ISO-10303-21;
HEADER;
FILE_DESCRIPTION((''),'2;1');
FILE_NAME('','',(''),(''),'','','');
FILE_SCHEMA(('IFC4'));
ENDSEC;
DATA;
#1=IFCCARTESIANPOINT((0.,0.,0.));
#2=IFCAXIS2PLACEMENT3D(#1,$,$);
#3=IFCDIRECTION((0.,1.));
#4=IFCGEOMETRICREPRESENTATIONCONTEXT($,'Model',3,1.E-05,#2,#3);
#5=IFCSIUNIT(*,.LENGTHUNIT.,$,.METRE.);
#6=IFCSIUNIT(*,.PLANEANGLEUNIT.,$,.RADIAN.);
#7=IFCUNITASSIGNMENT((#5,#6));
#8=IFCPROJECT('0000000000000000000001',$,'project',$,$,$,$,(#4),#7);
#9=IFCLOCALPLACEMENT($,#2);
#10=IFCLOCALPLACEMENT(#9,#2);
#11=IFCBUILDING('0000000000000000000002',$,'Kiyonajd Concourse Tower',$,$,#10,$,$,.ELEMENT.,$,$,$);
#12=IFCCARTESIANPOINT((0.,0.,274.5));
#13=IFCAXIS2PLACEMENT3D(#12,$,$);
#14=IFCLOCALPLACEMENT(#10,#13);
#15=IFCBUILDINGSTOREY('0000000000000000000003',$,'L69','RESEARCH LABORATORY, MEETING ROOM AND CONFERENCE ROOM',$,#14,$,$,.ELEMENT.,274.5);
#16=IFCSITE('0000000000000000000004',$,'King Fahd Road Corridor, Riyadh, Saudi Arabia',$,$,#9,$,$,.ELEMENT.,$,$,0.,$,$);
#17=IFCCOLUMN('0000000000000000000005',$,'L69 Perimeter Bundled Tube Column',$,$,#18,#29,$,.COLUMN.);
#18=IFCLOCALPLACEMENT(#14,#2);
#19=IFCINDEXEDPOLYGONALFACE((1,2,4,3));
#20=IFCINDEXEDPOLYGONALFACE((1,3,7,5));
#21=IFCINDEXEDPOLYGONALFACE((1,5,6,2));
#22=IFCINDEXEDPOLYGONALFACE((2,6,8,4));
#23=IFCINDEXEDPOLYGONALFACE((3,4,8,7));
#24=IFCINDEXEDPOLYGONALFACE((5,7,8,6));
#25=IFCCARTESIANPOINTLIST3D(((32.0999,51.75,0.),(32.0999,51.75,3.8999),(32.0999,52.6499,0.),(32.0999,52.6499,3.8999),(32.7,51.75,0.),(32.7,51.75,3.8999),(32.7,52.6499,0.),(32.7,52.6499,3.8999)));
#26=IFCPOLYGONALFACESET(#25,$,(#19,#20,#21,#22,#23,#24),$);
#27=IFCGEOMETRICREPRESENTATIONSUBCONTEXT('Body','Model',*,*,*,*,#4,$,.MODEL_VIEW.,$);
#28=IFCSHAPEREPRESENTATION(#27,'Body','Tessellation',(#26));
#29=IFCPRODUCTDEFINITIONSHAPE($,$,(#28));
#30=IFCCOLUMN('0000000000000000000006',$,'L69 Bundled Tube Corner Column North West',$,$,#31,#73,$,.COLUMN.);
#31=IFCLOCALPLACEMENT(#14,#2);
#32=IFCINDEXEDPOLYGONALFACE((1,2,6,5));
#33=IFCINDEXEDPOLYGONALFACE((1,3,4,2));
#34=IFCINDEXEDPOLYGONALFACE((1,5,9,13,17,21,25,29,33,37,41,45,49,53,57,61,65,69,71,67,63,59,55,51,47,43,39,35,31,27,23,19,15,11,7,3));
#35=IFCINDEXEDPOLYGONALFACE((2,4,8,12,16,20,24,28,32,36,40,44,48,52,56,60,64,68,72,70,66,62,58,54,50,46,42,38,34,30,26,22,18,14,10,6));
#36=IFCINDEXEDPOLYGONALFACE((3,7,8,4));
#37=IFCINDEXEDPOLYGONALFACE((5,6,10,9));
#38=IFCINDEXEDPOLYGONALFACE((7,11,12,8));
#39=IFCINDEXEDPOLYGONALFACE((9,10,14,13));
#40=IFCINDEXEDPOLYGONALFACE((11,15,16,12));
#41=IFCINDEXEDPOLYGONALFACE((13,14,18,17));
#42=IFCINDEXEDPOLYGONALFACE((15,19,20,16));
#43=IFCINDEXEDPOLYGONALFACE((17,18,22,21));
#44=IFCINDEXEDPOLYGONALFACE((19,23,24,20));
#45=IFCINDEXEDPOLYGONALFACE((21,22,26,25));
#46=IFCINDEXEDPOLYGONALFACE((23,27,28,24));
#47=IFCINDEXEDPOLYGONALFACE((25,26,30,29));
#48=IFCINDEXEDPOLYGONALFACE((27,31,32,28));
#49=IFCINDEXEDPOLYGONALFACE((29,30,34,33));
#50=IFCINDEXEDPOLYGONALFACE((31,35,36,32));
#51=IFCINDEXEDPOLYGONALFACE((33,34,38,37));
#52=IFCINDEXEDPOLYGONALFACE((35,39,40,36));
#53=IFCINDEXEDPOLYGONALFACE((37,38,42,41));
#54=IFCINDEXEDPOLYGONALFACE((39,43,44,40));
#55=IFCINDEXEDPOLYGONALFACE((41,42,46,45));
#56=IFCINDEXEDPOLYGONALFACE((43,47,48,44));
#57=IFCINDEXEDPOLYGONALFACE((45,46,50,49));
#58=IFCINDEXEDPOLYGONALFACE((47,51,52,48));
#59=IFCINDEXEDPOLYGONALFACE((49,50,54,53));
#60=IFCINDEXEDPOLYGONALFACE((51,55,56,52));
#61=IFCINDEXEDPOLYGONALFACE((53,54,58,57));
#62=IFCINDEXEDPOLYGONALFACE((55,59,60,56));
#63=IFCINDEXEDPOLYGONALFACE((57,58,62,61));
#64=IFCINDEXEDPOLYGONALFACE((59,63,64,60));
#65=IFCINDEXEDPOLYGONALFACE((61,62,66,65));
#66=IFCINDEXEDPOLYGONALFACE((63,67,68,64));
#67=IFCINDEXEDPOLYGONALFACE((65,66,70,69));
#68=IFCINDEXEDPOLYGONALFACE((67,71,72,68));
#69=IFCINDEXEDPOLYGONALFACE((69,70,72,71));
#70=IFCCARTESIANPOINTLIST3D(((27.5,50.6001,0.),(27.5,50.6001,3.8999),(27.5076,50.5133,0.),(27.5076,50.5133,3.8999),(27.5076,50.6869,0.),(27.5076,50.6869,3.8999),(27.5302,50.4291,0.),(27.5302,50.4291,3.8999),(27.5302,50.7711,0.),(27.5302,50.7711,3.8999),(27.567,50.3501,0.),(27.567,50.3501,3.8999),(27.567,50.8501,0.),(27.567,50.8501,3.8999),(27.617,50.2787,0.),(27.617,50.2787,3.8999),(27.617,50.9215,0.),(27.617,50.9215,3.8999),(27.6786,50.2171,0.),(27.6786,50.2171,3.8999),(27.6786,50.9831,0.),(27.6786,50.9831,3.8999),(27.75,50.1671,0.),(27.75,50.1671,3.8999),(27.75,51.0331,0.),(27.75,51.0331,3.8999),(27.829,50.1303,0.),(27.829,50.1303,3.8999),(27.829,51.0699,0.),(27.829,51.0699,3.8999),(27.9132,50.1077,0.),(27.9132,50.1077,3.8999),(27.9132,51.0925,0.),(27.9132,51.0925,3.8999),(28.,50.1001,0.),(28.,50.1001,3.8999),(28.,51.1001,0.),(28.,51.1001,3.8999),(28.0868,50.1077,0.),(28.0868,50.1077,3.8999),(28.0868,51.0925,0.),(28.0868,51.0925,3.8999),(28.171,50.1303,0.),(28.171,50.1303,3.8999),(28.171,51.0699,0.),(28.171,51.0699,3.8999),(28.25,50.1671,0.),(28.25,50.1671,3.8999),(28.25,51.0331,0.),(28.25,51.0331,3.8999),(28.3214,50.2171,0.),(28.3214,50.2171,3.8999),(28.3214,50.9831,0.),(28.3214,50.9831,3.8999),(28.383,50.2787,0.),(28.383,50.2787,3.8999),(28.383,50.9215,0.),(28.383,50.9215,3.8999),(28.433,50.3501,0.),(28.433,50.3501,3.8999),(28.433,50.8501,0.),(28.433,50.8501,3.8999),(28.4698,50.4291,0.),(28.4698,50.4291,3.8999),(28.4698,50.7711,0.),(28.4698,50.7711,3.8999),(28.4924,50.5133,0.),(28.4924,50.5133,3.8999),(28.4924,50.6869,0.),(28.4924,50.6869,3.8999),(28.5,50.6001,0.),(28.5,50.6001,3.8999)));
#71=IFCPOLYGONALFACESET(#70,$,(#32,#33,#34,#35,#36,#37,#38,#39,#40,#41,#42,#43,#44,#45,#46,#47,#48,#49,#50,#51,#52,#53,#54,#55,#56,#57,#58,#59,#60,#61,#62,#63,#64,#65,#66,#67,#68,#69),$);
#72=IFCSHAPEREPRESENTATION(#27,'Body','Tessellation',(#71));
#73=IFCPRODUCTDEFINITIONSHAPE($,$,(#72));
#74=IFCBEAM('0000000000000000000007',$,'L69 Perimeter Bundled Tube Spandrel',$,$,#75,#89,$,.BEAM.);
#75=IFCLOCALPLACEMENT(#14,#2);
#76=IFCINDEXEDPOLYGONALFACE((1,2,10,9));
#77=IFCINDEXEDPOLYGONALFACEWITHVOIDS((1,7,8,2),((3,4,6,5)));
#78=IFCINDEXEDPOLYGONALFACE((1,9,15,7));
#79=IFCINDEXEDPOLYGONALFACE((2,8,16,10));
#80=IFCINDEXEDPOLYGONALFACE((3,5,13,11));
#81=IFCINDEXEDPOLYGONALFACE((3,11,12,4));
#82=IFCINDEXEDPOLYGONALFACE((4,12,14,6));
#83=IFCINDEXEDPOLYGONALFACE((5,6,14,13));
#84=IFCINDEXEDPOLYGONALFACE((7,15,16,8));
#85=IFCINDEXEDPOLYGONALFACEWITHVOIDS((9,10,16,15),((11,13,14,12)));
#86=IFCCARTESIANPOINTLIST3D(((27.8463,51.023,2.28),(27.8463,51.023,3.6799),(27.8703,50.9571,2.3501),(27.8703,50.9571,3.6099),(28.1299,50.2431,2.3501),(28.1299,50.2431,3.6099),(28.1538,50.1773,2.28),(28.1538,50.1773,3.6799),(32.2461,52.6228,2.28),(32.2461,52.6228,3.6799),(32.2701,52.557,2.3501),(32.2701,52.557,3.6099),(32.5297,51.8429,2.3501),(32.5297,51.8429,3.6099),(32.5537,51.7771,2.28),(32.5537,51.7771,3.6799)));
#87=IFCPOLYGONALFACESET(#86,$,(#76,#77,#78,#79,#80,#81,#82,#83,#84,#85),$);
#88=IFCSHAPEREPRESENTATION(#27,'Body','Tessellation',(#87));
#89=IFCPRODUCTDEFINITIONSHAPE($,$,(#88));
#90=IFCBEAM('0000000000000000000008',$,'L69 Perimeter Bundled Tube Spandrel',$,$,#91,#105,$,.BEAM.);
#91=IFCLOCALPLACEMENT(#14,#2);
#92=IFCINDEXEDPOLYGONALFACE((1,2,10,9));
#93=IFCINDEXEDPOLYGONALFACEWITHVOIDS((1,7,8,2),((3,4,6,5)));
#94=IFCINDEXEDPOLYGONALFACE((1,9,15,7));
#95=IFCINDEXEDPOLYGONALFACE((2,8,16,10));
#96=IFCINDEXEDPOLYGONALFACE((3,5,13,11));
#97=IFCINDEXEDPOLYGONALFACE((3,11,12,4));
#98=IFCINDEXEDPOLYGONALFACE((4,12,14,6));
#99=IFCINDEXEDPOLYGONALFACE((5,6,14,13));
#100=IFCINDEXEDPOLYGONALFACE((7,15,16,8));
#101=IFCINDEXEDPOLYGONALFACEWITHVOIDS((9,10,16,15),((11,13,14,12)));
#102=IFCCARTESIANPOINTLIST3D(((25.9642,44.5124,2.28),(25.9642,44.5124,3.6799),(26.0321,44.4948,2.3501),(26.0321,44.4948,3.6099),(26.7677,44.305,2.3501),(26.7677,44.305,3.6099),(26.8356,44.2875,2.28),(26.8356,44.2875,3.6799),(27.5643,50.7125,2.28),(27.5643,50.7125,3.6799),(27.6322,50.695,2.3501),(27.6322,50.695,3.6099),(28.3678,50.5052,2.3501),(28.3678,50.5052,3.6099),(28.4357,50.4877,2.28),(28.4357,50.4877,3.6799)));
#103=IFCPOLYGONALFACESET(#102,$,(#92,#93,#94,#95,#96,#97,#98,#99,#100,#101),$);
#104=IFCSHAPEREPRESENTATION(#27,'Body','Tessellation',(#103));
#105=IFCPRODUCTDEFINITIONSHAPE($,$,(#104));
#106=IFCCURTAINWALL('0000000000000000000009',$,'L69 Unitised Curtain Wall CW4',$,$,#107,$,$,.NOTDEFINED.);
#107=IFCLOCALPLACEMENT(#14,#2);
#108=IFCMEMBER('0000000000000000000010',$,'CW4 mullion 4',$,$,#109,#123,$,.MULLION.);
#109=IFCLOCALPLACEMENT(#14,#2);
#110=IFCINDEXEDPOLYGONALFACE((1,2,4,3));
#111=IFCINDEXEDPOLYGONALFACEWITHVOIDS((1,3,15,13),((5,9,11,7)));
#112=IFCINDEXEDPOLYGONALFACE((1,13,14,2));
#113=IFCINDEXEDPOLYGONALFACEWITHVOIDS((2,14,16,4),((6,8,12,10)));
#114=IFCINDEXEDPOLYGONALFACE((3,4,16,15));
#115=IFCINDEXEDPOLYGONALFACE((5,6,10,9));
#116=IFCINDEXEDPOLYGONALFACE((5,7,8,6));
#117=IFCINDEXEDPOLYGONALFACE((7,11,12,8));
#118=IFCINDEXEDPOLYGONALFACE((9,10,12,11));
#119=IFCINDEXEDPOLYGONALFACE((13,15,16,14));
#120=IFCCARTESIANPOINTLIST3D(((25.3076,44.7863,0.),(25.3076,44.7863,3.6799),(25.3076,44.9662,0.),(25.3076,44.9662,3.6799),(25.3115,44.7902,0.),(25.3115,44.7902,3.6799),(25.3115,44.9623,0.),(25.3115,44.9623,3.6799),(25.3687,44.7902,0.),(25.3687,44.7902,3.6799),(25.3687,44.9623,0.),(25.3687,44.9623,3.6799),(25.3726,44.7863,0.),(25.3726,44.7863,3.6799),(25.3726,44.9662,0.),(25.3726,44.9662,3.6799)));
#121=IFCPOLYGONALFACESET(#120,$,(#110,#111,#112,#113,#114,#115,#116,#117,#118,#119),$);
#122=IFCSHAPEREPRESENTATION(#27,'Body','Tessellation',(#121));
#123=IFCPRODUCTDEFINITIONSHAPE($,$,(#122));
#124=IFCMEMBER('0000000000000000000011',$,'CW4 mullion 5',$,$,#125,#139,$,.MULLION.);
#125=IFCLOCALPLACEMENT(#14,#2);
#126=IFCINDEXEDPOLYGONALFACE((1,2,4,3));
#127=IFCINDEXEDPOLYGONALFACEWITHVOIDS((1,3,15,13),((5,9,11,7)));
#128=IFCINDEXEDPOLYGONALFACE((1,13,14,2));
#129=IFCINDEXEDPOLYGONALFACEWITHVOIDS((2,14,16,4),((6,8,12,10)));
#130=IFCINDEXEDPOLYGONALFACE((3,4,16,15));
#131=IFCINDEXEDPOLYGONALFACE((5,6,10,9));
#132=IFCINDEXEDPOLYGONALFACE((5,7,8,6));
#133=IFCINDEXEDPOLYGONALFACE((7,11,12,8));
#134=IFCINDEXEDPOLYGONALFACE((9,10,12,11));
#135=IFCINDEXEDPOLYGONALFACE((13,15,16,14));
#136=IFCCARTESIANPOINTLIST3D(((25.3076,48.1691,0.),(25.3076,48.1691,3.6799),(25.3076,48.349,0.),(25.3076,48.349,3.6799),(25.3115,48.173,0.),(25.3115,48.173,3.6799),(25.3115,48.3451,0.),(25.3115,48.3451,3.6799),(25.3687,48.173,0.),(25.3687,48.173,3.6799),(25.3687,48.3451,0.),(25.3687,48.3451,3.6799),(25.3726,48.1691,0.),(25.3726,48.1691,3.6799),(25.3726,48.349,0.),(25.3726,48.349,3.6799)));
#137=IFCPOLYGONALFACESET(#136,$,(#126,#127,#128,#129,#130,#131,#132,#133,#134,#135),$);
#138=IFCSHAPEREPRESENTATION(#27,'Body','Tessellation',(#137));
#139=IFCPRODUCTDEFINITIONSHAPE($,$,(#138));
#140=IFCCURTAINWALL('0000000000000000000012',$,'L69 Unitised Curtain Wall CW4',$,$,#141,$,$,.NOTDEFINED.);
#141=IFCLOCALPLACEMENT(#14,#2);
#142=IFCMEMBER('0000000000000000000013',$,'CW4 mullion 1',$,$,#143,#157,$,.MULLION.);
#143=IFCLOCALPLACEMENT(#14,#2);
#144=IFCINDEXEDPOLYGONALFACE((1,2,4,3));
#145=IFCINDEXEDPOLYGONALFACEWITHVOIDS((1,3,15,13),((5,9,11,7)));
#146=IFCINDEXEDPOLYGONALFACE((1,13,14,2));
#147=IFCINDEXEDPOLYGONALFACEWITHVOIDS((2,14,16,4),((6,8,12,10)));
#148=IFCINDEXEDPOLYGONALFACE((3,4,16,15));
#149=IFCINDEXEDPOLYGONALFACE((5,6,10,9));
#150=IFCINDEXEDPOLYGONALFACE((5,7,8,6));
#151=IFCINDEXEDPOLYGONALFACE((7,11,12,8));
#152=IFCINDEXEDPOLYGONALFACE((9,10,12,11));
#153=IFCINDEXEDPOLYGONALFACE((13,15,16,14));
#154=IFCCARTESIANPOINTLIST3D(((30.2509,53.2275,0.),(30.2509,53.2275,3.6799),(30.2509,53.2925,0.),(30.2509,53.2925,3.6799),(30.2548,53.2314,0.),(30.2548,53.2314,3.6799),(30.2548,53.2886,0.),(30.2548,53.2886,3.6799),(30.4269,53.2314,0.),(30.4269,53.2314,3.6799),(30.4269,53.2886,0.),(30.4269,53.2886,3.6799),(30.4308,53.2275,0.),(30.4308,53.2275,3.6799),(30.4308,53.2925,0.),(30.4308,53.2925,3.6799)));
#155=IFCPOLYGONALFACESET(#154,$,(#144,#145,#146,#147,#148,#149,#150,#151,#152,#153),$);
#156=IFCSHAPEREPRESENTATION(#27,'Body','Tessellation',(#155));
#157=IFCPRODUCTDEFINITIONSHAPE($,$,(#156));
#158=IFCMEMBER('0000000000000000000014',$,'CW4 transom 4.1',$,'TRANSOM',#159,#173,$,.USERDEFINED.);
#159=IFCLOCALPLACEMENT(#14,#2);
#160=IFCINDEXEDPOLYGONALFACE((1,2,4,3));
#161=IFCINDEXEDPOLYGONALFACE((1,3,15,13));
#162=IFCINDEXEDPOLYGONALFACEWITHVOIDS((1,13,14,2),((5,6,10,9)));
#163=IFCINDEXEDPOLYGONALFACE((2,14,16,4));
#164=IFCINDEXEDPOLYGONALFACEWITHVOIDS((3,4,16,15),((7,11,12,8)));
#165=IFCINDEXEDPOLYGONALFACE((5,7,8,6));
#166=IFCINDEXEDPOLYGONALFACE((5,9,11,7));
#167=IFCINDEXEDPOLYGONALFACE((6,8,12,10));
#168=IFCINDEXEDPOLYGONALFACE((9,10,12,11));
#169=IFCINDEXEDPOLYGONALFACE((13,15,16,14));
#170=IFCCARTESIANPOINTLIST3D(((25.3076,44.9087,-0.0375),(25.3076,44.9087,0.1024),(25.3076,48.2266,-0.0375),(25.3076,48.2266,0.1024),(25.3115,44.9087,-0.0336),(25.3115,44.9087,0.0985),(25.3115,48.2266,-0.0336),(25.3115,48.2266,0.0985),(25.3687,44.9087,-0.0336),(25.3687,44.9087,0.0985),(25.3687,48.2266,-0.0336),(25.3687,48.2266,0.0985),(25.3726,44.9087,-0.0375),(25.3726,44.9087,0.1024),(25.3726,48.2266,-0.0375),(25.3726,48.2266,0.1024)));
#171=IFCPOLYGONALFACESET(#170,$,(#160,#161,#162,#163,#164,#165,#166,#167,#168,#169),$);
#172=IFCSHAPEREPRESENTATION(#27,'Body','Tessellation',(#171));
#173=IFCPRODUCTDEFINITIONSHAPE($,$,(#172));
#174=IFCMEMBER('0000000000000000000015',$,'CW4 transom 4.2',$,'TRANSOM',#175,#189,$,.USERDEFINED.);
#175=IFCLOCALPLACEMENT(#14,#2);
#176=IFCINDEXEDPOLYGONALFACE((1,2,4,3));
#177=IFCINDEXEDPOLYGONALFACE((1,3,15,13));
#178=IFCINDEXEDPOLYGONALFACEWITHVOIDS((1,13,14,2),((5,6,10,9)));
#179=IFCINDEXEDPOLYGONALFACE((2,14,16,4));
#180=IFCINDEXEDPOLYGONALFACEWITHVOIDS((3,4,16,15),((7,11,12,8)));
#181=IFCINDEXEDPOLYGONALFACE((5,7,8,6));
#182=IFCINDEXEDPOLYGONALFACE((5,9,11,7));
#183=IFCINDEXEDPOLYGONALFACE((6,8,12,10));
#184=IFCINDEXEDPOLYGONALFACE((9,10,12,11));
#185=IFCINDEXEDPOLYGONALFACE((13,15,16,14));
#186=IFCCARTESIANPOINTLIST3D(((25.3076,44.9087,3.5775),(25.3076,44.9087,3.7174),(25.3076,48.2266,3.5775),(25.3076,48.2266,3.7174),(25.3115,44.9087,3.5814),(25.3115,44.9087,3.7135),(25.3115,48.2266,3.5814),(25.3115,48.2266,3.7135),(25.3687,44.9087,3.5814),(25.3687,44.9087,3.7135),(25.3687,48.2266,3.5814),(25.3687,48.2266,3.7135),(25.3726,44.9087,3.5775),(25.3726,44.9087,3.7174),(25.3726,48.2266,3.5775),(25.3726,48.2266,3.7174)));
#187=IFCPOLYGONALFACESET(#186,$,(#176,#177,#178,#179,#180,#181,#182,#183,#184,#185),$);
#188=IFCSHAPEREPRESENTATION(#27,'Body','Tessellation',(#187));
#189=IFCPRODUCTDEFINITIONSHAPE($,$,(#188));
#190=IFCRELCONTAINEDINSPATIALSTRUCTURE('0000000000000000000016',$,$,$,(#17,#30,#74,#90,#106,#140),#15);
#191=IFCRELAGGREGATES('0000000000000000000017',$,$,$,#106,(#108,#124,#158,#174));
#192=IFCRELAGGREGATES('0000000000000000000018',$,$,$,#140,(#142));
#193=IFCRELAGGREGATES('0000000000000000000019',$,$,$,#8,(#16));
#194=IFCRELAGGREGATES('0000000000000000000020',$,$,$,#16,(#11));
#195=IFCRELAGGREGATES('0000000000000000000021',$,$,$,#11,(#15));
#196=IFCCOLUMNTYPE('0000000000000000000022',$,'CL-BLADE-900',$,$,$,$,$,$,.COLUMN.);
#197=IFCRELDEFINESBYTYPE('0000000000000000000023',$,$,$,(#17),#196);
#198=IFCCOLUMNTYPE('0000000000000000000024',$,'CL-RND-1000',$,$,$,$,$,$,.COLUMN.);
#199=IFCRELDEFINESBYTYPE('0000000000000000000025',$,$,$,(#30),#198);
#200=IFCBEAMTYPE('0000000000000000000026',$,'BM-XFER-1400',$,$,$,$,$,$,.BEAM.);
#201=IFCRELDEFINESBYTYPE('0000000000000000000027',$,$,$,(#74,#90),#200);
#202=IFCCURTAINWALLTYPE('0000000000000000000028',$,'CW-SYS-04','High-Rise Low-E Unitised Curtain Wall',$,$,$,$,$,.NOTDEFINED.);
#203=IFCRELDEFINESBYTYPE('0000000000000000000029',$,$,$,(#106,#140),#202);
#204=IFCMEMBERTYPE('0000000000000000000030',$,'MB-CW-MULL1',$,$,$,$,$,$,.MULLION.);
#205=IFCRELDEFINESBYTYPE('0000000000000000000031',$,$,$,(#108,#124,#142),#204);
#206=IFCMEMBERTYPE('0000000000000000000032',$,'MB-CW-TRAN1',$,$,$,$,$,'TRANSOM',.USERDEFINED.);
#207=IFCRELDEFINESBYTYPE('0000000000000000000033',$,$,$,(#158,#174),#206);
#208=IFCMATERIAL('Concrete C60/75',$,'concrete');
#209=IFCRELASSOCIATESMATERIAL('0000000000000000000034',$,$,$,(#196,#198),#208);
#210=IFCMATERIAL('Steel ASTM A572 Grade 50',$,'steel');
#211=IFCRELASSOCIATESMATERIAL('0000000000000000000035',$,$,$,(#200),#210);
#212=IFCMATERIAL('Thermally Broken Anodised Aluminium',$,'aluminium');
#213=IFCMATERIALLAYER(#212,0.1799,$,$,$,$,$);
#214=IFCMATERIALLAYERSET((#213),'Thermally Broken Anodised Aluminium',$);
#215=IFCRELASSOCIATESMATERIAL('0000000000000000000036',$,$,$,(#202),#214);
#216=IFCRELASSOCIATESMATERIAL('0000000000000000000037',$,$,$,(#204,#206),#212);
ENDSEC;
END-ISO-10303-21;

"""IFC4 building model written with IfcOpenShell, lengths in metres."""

from ifc_helpers import new_model, si_unit, direction, frame, origin, origin_2d, place, context, subcontext, project, spatial, rectangle, hollow_rectangle, circle, extrude, material, layer, layer_set, material_profile, profile_set, type_object, element, aggregate, save


model = new_model("IFC4")

# Units and contexts
model_context = context("Model", 3, precision=1e-05, world=origin(), true_north=direction((0.0, 1.0)))
body_context = subcontext(model_context, "Body", "Model", "MODEL_VIEW")
ifc_project = project(units=[si_unit("LENGTHUNIT", "METRE"), si_unit("PLANEANGLEUNIT", "RADIAN")], contexts=[model_context])

# Site, building, storey
site_placement = place(None, origin())
site = spatial("IfcSite", under=ifc_project, at=site_placement, Name="King Fahd Road Corridor, Riyadh, Saudi Arabia", CompositionType="ELEMENT", RefElevation=0.0)
building_placement = place(site_placement, origin())
building = spatial("IfcBuilding", under=site, at=building_placement, Name="Kiyonajd Concourse Tower", CompositionType="ELEMENT")
storey_placement = place(building_placement, frame((0.0, 0.0, 274.5)))
storey = spatial("IfcBuildingStorey", under=building, at=storey_placement, Name="L69", Description="RESEARCH LABORATORY, MEETING ROOM AND CONFERENCE ROOM", CompositionType="ELEMENT", Elevation=274.5)

# Columns
ifc_material_1 = material(Name="Concrete C60/75", Category="concrete")
ifc_material_profile_1 = material_profile(ifc_material_1, rectangle(XDim=0.6001, YDim=0.8999, at=origin_2d()), Name="RC-900x600")
ifc_profile_set_1 = profile_set([ifc_material_profile_1], Name="Concrete C60/75")
column_type_1 = type_object("IfcColumnType", Name="CL-BLADE-900", PredefinedType="COLUMN", material=ifc_profile_set_1)
column_1_placement = place(storey_placement, frame((32.3999, 52.2, 0.0), z_axis=(0.0, 0.0, 1.0), x_axis=(1.0, 0.0, 0.0)))
element("IfcColumn", 1, at=column_1_placement, inside=storey, type_object=column_type_1, Name="L69 Perimeter Bundled Tube Column", PredefinedType="COLUMN", context=body_context, shape_type="SweptSolid", body=[
    extrude(rectangle(XDim=0.6001, YDim=0.8999, at=origin_2d()), origin(), (0.0, 0.0, 1.0), 3.8999),
])
ifc_material_profile_2 = material_profile(ifc_material_1, circle(Radius=0.5, at=origin_2d()), Name="RCC-D1000")
ifc_profile_set_2 = profile_set([ifc_material_profile_2], Name="Concrete C60/75")
column_type_2 = type_object("IfcColumnType", Name="CL-RND-1000", PredefinedType="COLUMN", material=ifc_profile_set_2)
column_2_placement = place(storey_placement, frame((28.0, 50.6001, 0.0), z_axis=(0.0, 0.0, 1.0), x_axis=(1.0, 0.0, 0.0)))
element("IfcColumn", 2, at=column_2_placement, inside=storey, type_object=column_type_2, Name="L69 Bundled Tube Corner Column North West", PredefinedType="COLUMN", context=body_context, shape_type="SweptSolid", body=[
    extrude(circle(Radius=0.5, at=origin_2d()), origin(), (0.0, 0.0, 1.0), 3.8999),
])

# Beams
ifc_material_2 = material(Name="Steel ASTM A572 Grade 50", Category="steel")
ifc_material_profile_3 = material_profile(ifc_material_2, hollow_rectangle(XDim=0.8999, YDim=1.3999, WallThickness=0.0701, at=origin_2d()), Name="BOX-1400x900x70")
ifc_profile_set_3 = profile_set([ifc_material_profile_3], Name="Steel ASTM A572 Grade 50")
beam_type = type_object("IfcBeamType", Name="BM-XFER-1400", PredefinedType="BEAM", material=ifc_profile_set_3)
beam_1_placement = place(storey_placement, frame((32.3999, 52.2, 2.98), z_axis=(-0.939801, -0.341722, 0.0), x_axis=(0.341722, -0.939801, 0.0)))
element("IfcBeam", 3, at=beam_1_placement, inside=storey, type_object=beam_type, Name="L69 Perimeter Bundled Tube Spandrel", PredefinedType="BEAM", context=body_context, shape_type="SweptSolid", body=[
    extrude(hollow_rectangle(XDim=0.8999, YDim=1.3999, WallThickness=0.0701, at=origin_2d()), origin(), (0.0, 0.0, 1.0), 4.6816),
])
beam_2_placement = place(storey_placement, frame((28.0, 50.6001, 2.98), z_axis=(-0.249885, -0.968276, 0.0), x_axis=(0.968276, -0.249885, 0.0)))
element("IfcBeam", 4, at=beam_2_placement, inside=storey, type_object=beam_type, Name="L69 Perimeter Bundled Tube Spandrel", PredefinedType="BEAM", context=body_context, shape_type="SweptSolid", body=[
    extrude(hollow_rectangle(XDim=0.8999, YDim=1.3999, WallThickness=0.0701, at=origin_2d()), origin(), (0.0, 0.0, 1.0), 6.4033),
])

# Curtain wall, members
ifc_material_3 = material(Name="Thermally Broken Anodised Aluminium", Category="aluminium")
ifc_layer_1 = layer(ifc_material_3, 0.1799)
ifc_layer_set_1 = layer_set([ifc_layer_1], Name="Thermally Broken Anodised Aluminium")
curtain_wall_type = type_object("IfcCurtainWallType", Name="CW-SYS-04", Description="High-Rise Low-E Unitised Curtain Wall", PredefinedType="NOTDEFINED", material=ifc_layer_set_1)
curtain_wall_1_placement = place(storey_placement, origin())
curtain_wall_1 = element("IfcCurtainWall", 5, at=curtain_wall_1_placement, inside=storey, type_object=curtain_wall_type, Name="L69 Unitised Curtain Wall CW4", PredefinedType="NOTDEFINED")
ifc_material_profile_4 = material_profile(ifc_material_3, hollow_rectangle(XDim=0.0649, YDim=0.1799, WallThickness=0.0039, at=origin_2d()), Name="MULL-65x180")
ifc_profile_set_4 = profile_set([ifc_material_profile_4], Name="Thermally Broken Anodised Aluminium")
member_type_1 = type_object("IfcMemberType", Name="MB-CW-MULL1", PredefinedType="MULLION", material=ifc_profile_set_4)
member_1_placement = place(storey_placement, frame((25.3401, 44.8762, 0.0), z_axis=(0.0, 0.0, 1.0), x_axis=(-1.0, 0.0, 0.0)))
member_1 = element("IfcMember", 6, at=member_1_placement, type_object=member_type_1, Name="CW4 mullion 4", PredefinedType="MULLION", context=body_context, shape_type="SweptSolid", body=[
    extrude(hollow_rectangle(XDim=0.0649, YDim=0.1799, WallThickness=0.0039, at=origin_2d()), origin(), (0.0, 0.0, 1.0), 3.6799),
])
member_2_placement = place(storey_placement, frame((25.3401, 48.259, 0.0), z_axis=(0.0, 0.0, 1.0), x_axis=(-1.0, 0.0, 0.0)))
member_2 = element("IfcMember", 7, at=member_2_placement, type_object=member_type_1, Name="CW4 mullion 5", PredefinedType="MULLION", context=body_context, shape_type="SweptSolid", body=[
    extrude(hollow_rectangle(XDim=0.0649, YDim=0.1799, WallThickness=0.0039, at=origin_2d()), origin(), (0.0, 0.0, 1.0), 3.6799),
])

# Curtain wall, member
curtain_wall_2_placement = place(storey_placement, origin())
curtain_wall_2 = element("IfcCurtainWall", 8, at=curtain_wall_2_placement, inside=storey, type_object=curtain_wall_type, Name="L69 Unitised Curtain Wall CW4", PredefinedType="NOTDEFINED")
member_3_placement = place(storey_placement, frame((30.3408, 53.26, 0.0), z_axis=(0.0, 0.0, 1.0), x_axis=(0.0, 1.0, 0.0)))
member_3 = element("IfcMember", 9, at=member_3_placement, type_object=member_type_1, Name="CW4 mullion 1", PredefinedType="MULLION", context=body_context, shape_type="SweptSolid", body=[
    extrude(hollow_rectangle(XDim=0.0649, YDim=0.1799, WallThickness=0.0039, at=origin_2d()), origin(), (0.0, 0.0, 1.0), 3.6799),
])

# Members
ifc_material_profile_5 = material_profile(ifc_material_3, hollow_rectangle(XDim=0.0649, YDim=0.1399, WallThickness=0.0039, at=origin_2d()), Name="TRAN-65x140")
ifc_profile_set_5 = profile_set([ifc_material_profile_5], Name="Thermally Broken Anodised Aluminium")
member_type_2 = type_object("IfcMemberType", Name="MB-CW-TRAN1", ElementType="TRANSOM", PredefinedType="USERDEFINED", material=ifc_profile_set_5)
member_4_placement = place(storey_placement, frame((25.3401, 44.9087, 0.0325), z_axis=(0.0, 1.0, 0.0), x_axis=(-1.0, 0.0, 0.0)))
member_4 = element("IfcMember", 10, at=member_4_placement, type_object=member_type_2, Name="CW4 transom 4.1", ObjectType="TRANSOM", PredefinedType="USERDEFINED", context=body_context, shape_type="SweptSolid", body=[
    extrude(hollow_rectangle(XDim=0.0649, YDim=0.1399, WallThickness=0.0039, at=origin_2d()), origin(), (0.0, 0.0, 1.0), 3.3179),
])
member_5_placement = place(storey_placement, frame((25.3401, 44.9087, 3.6475), z_axis=(0.0, 1.0, 0.0), x_axis=(-1.0, 0.0, 0.0)))
member_5 = element("IfcMember", 11, at=member_5_placement, type_object=member_type_2, Name="CW4 transom 4.2", ObjectType="TRANSOM", PredefinedType="USERDEFINED", context=body_context, shape_type="SweptSolid", body=[
    extrude(hollow_rectangle(XDim=0.0649, YDim=0.1399, WallThickness=0.0039, at=origin_2d()), origin(), (0.0, 0.0, 1.0), 3.3179),
])

aggregate(curtain_wall_1, [member_1, member_2, member_4, member_5])
aggregate(curtain_wall_2, [member_3])

save(model, "model.ifc")
